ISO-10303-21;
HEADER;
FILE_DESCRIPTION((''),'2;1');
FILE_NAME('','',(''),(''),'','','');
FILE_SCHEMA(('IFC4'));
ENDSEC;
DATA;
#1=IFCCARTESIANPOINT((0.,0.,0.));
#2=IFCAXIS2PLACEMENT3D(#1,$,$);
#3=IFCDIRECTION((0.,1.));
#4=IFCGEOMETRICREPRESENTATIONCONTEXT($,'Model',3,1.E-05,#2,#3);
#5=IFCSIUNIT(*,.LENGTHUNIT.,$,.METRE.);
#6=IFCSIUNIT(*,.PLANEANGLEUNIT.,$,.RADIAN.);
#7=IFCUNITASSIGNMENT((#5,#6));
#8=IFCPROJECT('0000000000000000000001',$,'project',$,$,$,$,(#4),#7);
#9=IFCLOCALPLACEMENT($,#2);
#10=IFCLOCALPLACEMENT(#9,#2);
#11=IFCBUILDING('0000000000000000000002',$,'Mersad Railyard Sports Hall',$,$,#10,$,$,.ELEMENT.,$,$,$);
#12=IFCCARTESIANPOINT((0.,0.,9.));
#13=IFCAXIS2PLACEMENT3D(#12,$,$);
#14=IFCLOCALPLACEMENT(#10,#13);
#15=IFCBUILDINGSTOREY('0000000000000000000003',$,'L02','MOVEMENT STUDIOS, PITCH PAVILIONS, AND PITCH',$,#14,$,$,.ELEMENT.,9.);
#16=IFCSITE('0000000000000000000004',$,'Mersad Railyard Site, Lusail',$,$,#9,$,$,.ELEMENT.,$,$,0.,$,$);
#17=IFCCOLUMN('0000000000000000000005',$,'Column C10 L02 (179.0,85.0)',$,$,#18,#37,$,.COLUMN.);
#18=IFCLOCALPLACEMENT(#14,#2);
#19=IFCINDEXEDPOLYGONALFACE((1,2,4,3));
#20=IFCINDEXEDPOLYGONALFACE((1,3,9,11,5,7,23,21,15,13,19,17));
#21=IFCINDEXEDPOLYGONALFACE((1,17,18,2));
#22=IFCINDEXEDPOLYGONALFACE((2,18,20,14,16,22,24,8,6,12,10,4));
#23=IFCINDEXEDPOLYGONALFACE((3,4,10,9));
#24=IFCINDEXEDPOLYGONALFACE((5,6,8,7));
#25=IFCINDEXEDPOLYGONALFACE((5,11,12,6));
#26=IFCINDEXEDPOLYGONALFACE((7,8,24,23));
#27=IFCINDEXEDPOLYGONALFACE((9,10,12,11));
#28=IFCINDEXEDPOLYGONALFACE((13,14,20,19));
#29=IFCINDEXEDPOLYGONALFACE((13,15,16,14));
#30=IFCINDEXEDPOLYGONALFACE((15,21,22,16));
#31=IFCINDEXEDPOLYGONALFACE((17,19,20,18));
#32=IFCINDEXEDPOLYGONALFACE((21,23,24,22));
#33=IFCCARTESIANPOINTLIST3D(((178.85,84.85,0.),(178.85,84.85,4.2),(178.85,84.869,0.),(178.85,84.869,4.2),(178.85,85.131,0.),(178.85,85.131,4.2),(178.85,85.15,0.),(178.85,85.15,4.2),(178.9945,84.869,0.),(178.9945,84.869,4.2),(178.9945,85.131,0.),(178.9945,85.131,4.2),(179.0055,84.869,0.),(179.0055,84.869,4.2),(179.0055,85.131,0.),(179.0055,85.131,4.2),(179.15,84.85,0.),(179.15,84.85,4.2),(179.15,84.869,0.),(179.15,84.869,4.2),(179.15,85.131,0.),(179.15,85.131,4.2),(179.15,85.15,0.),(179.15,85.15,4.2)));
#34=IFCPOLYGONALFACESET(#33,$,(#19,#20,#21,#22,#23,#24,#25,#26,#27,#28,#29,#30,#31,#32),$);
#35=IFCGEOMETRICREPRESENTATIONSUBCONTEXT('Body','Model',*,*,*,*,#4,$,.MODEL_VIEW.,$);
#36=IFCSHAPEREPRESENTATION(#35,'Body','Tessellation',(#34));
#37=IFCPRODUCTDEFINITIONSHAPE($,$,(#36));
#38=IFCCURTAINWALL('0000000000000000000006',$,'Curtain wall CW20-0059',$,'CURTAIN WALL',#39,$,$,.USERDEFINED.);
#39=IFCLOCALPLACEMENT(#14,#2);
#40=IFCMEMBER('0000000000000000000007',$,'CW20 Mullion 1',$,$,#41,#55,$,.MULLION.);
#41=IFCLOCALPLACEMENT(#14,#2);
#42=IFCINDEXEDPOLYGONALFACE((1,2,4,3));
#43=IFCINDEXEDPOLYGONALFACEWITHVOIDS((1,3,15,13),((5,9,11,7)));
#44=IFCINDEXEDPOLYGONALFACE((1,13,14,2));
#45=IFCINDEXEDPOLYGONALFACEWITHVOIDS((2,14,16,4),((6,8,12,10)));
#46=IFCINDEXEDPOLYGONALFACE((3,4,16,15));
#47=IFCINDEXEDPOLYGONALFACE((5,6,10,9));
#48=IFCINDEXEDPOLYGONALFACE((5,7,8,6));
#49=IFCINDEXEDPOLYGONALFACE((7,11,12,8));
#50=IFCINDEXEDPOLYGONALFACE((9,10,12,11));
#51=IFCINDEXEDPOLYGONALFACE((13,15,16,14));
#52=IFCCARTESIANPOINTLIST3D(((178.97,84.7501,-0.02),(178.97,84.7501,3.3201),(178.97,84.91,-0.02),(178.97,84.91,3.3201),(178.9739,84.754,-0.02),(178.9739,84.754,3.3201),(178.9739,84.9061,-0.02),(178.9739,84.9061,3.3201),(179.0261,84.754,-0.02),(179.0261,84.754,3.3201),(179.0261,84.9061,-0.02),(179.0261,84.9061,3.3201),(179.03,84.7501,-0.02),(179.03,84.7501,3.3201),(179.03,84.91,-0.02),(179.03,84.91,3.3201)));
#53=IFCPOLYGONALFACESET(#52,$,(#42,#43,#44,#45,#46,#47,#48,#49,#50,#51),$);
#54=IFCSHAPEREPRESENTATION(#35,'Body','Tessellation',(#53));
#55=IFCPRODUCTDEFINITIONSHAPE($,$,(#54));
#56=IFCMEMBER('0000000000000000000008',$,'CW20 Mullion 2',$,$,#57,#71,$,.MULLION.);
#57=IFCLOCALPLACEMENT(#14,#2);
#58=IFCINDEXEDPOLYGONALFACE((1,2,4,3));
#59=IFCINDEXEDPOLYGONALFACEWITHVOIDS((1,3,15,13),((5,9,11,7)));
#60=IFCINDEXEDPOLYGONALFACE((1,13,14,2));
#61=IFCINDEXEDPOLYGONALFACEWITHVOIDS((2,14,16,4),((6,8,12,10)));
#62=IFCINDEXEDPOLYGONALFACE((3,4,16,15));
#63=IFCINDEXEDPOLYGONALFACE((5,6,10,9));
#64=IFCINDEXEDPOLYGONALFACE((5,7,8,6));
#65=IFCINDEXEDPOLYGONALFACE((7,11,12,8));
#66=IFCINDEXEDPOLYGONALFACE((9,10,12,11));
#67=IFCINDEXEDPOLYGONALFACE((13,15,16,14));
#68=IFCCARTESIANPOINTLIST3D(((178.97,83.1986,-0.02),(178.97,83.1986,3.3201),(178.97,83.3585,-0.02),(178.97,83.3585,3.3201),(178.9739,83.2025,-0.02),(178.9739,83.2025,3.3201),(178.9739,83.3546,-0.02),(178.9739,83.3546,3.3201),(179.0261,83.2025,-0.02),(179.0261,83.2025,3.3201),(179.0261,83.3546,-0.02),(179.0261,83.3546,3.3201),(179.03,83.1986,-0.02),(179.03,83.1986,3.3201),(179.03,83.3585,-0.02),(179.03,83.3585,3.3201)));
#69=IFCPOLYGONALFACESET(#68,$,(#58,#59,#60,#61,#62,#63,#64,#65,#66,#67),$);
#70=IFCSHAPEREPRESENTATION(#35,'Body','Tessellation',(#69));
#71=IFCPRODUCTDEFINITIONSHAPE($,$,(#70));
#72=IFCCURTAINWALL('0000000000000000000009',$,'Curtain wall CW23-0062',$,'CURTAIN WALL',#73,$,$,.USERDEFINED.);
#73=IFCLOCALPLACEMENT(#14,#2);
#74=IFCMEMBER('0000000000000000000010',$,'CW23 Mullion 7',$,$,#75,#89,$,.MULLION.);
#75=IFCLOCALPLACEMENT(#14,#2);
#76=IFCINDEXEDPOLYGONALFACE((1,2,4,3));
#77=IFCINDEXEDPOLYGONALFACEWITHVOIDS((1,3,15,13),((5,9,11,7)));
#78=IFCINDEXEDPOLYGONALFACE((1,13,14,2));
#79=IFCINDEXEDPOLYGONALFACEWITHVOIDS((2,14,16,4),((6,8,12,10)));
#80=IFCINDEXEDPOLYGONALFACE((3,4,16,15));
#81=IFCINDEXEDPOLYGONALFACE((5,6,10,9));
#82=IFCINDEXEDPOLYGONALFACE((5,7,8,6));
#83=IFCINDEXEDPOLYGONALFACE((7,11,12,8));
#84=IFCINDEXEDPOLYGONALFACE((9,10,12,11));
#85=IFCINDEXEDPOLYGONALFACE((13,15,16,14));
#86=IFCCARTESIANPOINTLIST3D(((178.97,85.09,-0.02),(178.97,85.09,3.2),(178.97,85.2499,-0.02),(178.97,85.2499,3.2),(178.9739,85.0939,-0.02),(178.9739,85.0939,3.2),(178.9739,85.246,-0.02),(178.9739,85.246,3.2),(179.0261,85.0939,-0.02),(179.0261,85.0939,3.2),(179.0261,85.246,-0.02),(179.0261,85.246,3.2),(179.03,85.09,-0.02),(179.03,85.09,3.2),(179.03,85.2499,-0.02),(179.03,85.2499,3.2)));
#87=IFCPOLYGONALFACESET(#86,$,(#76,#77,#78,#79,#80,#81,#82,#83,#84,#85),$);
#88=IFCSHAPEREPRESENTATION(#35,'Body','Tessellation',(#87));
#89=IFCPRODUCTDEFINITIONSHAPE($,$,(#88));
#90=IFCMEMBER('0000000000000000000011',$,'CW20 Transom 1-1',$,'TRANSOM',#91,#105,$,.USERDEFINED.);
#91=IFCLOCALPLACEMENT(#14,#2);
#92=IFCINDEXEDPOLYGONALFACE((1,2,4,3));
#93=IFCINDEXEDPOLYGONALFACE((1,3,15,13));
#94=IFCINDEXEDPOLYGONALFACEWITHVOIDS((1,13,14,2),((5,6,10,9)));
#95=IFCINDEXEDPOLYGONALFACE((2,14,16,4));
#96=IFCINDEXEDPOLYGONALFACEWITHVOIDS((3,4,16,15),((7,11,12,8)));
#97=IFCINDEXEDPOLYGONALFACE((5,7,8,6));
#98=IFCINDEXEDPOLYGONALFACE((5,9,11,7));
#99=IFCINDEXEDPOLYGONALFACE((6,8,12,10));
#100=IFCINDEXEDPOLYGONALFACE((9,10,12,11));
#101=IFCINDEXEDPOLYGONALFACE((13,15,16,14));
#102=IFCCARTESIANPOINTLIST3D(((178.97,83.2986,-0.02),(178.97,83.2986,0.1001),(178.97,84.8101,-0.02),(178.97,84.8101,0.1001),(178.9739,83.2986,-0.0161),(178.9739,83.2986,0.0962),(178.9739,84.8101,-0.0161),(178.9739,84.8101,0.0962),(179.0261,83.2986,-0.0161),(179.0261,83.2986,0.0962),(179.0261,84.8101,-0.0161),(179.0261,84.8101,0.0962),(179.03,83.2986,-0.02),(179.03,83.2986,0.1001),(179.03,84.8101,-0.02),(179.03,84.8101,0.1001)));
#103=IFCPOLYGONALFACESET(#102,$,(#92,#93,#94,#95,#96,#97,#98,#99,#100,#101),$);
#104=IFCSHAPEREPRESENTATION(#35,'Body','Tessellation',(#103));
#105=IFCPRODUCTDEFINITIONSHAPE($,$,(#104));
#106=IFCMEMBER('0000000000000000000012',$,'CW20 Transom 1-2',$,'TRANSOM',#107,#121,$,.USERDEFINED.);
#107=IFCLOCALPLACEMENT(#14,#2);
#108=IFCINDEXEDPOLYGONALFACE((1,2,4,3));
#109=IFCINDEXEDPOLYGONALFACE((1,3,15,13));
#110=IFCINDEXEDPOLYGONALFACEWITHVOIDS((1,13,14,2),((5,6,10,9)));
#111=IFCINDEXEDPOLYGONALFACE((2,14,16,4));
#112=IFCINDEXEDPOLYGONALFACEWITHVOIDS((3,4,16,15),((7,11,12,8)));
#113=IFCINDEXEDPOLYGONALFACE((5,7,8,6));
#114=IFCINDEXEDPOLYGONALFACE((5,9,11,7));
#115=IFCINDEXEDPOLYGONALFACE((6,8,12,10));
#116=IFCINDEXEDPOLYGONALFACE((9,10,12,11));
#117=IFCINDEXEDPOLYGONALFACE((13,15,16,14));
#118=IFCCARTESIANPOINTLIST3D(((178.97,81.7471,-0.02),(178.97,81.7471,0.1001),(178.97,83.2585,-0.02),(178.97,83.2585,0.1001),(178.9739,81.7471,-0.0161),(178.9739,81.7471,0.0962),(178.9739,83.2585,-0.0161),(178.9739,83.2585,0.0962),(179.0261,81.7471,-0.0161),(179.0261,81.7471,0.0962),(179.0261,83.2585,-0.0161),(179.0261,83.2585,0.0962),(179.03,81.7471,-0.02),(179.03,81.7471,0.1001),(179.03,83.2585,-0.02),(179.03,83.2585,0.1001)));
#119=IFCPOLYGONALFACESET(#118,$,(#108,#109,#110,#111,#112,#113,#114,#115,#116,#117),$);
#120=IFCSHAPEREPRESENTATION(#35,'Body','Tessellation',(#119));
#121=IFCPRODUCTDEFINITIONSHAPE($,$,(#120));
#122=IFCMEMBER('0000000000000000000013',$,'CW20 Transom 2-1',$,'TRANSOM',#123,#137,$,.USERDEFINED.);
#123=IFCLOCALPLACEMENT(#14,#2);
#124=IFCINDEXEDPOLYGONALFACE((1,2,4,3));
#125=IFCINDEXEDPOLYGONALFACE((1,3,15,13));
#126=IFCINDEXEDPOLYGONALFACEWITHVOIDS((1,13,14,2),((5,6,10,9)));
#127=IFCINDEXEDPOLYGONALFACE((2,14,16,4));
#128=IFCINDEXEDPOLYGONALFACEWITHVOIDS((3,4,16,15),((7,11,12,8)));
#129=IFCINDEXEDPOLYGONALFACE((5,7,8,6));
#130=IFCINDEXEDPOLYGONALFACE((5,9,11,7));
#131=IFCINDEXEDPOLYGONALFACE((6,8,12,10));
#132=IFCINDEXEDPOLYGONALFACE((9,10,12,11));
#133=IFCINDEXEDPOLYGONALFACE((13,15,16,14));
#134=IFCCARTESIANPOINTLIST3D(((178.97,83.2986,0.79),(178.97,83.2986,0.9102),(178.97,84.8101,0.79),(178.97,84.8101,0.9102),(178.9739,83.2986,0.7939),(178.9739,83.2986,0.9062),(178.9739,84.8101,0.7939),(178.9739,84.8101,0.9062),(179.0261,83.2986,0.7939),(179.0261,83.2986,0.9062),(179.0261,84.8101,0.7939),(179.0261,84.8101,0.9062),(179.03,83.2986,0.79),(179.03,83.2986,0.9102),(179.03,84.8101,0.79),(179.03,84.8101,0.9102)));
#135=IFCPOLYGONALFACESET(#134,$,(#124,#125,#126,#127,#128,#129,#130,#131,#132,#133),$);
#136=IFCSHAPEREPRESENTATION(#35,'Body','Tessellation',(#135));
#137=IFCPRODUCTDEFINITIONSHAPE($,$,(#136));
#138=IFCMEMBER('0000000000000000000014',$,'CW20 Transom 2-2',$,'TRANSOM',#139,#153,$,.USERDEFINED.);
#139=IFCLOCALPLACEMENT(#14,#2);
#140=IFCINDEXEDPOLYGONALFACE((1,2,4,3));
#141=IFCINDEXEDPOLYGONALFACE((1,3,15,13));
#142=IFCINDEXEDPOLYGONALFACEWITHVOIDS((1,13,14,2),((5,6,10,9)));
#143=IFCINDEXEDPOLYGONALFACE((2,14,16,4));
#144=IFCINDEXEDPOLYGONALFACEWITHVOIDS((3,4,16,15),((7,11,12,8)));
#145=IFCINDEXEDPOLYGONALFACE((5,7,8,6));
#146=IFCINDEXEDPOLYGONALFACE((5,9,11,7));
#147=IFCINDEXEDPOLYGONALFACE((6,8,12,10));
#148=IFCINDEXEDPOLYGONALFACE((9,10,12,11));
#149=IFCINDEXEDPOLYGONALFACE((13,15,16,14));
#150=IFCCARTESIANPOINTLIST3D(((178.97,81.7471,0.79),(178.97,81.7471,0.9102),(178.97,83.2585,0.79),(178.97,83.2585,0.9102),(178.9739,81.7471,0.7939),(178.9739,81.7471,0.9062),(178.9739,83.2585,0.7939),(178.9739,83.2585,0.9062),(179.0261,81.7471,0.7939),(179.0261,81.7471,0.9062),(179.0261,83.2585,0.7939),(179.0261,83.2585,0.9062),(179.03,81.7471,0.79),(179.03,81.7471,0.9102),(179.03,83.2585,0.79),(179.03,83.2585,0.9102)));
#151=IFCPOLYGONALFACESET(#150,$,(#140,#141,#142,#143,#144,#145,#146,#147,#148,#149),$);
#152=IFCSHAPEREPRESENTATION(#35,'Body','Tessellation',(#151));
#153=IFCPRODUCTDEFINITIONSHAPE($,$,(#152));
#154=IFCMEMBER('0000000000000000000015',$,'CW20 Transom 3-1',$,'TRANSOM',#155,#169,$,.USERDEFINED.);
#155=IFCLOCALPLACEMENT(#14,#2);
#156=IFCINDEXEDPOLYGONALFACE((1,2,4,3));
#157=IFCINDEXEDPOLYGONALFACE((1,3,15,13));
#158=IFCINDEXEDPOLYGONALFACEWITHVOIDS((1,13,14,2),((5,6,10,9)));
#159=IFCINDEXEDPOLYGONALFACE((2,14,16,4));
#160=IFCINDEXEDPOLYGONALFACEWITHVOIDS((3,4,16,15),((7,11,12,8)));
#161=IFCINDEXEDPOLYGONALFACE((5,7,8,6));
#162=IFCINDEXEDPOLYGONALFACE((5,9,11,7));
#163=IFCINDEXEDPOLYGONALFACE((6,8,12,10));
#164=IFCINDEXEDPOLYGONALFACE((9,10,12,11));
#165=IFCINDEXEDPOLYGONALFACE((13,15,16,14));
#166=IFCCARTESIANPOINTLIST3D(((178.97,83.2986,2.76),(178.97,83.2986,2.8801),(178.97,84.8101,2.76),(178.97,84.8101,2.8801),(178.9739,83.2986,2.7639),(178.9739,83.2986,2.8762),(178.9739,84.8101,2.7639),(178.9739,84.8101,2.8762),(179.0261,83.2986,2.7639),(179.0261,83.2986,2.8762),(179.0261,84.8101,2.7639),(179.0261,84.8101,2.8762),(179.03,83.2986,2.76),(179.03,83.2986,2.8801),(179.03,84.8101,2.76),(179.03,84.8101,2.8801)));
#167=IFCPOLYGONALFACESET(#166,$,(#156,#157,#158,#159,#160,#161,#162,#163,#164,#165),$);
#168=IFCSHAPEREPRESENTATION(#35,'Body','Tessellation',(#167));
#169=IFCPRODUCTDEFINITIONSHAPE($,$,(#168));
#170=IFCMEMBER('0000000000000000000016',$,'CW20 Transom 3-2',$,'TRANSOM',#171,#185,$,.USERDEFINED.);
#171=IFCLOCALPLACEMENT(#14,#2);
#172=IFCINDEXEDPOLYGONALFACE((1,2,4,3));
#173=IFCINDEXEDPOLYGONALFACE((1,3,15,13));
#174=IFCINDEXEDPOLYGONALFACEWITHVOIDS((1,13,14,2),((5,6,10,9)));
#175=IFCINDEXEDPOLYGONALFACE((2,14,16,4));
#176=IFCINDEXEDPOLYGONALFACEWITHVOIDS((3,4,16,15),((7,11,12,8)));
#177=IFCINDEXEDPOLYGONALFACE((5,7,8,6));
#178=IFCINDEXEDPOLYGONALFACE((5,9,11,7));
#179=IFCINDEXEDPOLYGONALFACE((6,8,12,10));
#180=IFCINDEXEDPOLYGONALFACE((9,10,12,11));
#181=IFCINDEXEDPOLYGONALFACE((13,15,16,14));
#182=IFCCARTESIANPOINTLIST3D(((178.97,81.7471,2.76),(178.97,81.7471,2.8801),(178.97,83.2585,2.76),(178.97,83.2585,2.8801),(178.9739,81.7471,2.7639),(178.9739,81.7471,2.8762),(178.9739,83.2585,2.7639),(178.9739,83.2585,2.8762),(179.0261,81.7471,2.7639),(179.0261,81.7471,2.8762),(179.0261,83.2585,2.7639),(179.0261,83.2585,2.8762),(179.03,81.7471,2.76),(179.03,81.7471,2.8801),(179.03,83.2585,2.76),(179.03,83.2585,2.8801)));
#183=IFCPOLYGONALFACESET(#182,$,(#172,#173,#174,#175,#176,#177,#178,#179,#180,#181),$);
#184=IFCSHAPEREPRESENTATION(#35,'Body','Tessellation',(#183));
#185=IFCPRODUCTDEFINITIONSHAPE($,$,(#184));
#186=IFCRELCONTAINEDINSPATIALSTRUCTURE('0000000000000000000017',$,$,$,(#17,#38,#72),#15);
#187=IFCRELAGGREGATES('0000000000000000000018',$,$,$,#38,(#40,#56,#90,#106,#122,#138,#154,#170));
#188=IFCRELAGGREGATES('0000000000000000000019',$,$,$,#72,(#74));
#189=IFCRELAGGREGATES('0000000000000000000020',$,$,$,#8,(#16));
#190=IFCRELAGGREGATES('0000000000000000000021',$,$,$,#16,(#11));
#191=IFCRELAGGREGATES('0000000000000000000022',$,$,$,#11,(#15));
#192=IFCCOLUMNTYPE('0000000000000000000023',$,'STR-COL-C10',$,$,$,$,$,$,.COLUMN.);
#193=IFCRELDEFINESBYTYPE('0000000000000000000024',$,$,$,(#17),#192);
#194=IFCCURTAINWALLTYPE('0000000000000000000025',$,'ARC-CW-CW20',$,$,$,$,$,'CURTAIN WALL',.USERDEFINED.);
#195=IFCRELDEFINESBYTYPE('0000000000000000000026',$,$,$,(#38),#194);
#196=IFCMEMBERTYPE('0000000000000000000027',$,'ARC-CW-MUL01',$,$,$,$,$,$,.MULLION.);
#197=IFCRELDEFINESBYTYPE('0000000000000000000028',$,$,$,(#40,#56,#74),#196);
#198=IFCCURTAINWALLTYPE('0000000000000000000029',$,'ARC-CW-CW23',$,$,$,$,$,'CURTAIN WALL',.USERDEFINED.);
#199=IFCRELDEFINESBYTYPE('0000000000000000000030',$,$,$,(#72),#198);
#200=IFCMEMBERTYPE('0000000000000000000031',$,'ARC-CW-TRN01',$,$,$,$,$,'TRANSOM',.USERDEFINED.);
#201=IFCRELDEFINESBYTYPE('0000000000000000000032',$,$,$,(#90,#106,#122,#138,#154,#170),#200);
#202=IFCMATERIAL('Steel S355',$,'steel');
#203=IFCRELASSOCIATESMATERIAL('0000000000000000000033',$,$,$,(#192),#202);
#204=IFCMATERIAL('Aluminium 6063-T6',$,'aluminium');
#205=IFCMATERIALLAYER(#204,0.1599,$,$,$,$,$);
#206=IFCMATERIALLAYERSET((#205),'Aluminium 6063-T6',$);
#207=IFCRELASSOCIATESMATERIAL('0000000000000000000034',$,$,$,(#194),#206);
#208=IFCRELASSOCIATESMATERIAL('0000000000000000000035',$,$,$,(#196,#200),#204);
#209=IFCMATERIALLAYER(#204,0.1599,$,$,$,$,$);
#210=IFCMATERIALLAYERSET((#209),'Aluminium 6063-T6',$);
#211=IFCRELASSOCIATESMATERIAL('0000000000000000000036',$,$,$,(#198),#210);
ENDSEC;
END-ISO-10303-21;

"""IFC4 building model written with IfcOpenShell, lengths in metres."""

from ifc_helpers import new_model, si_unit, direction, frame, origin, origin_2d, place, context, subcontext, project, spatial, hollow_rectangle, i_section, extrude, material, layer, layer_set, material_profile, profile_set, type_object, element, aggregate, save


model = new_model("IFC4")

# Units and contexts
model_context = context("Model", 3, precision=1e-05, world=origin(), true_north=direction((0.0, 1.0)))
body_context = subcontext(model_context, "Body", "Model", "MODEL_VIEW")
ifc_project = project(units=[si_unit("LENGTHUNIT", "METRE"), si_unit("PLANEANGLEUNIT", "RADIAN")], contexts=[model_context])

# Site, building, storey
site_placement = place(None, origin())
site = spatial("IfcSite", under=ifc_project, at=site_placement, Name="Mersad Railyard Site, Lusail", CompositionType="ELEMENT", RefElevation=0.0)
building_placement = place(site_placement, origin())
building = spatial("IfcBuilding", under=site, at=building_placement, Name="Mersad Railyard Sports Hall", CompositionType="ELEMENT")
storey_placement = place(building_placement, frame((0.0, 0.0, 9.0)))
storey = spatial("IfcBuildingStorey", under=building, at=storey_placement, Name="L02", Description="MOVEMENT STUDIOS, PITCH PAVILIONS, AND PITCH", CompositionType="ELEMENT", Elevation=9.0)

# Column
ifc_material_1 = material(Name="Steel S355", Category="steel")
ifc_material_profile_1 = material_profile(ifc_material_1, i_section(OverallWidth=0.3, OverallDepth=0.3, WebThickness=0.011, FlangeThickness=0.019, at=origin_2d()), Name="HEB 300")
ifc_profile_set_1 = profile_set([ifc_material_profile_1], Name="Steel S355")
column_type = type_object("IfcColumnType", Name="STR-COL-C10", PredefinedType="COLUMN", material=ifc_profile_set_1)
column_placement = place(storey_placement, frame((179.0, 85.0, 0.0), z_axis=(0.0, 0.0, 1.0), x_axis=(1.0, 0.0, 0.0)))
element("IfcColumn", 1, at=column_placement, inside=storey, type_object=column_type, Name="Column C10 L02 (179.0,85.0)", PredefinedType="COLUMN", context=body_context, shape_type="SweptSolid", body=[
    extrude(i_section(OverallWidth=0.3, OverallDepth=0.3, WebThickness=0.011, FlangeThickness=0.019, at=origin_2d()), origin(), (0.0, 0.0, 1.0), 4.2),
])

# Curtain wall, members
ifc_material_2 = material(Name="Aluminium 6063-T6", Category="aluminium")
ifc_layer_1 = layer(ifc_material_2, 0.1599)
ifc_layer_set_1 = layer_set([ifc_layer_1], Name="Aluminium 6063-T6")
curtain_wall_type_1 = type_object("IfcCurtainWallType", Name="ARC-CW-CW20", ElementType="CURTAIN WALL", PredefinedType="USERDEFINED", material=ifc_layer_set_1)
curtain_wall_1_placement = place(storey_placement, origin())
curtain_wall_1 = element("IfcCurtainWall", 2, at=curtain_wall_1_placement, inside=storey, type_object=curtain_wall_type_1, Name="Curtain wall CW20-0059", ObjectType="CURTAIN WALL", PredefinedType="USERDEFINED")
ifc_material_profile_2 = material_profile(ifc_material_2, hollow_rectangle(XDim=0.0601, YDim=0.1599, WallThickness=0.0039, at=origin_2d()), Name="AL MULLION 60x160x4")
ifc_profile_set_2 = profile_set([ifc_material_profile_2], Name="Aluminium 6063-T6")
member_type_1 = type_object("IfcMemberType", Name="ARC-CW-MUL01", PredefinedType="MULLION", material=ifc_profile_set_2)
member_1_placement = place(storey_placement, frame((179.0, 84.8301, -0.02), z_axis=(0.0, 0.0, 1.0), x_axis=(1.0, 0.0, 0.0)))
member_1 = element("IfcMember", 3, at=member_1_placement, type_object=member_type_1, Name="CW20 Mullion 1", PredefinedType="MULLION", context=body_context, shape_type="SweptSolid", body=[
    extrude(hollow_rectangle(XDim=0.0601, YDim=0.1599, WallThickness=0.0039, at=origin_2d()), origin(), (0.0, 0.0, 1.0), 3.3401),
])
member_2_placement = place(storey_placement, frame((179.0, 83.2786, -0.02), z_axis=(0.0, 0.0, 1.0), x_axis=(1.0, 0.0, 0.0)))
member_2 = element("IfcMember", 4, at=member_2_placement, type_object=member_type_1, Name="CW20 Mullion 2", PredefinedType="MULLION", context=body_context, shape_type="SweptSolid", body=[
    extrude(hollow_rectangle(XDim=0.0601, YDim=0.1599, WallThickness=0.0039, at=origin_2d()), origin(), (0.0, 0.0, 1.0), 3.3401),
])

# Curtain wall, member
ifc_layer_2 = layer(ifc_material_2, 0.1599)
ifc_layer_set_2 = layer_set([ifc_layer_2], Name="Aluminium 6063-T6")
curtain_wall_type_2 = type_object("IfcCurtainWallType", Name="ARC-CW-CW23", ElementType="CURTAIN WALL", PredefinedType="USERDEFINED", material=ifc_layer_set_2)
curtain_wall_2_placement = place(storey_placement, origin())
curtain_wall_2 = element("IfcCurtainWall", 5, at=curtain_wall_2_placement, inside=storey, type_object=curtain_wall_type_2, Name="Curtain wall CW23-0062", ObjectType="CURTAIN WALL", PredefinedType="USERDEFINED")
member_3_placement = place(storey_placement, frame((179.0, 85.1699, -0.02), z_axis=(0.0, 0.0, 1.0), x_axis=(1.0, 0.0, 0.0)))
member_3 = element("IfcMember", 6, at=member_3_placement, type_object=member_type_1, Name="CW23 Mullion 7", PredefinedType="MULLION", context=body_context, shape_type="SweptSolid", body=[
    extrude(hollow_rectangle(XDim=0.0601, YDim=0.1599, WallThickness=0.0039, at=origin_2d()), origin(), (0.0, 0.0, 1.0), 3.22),
])

# Members
ifc_material_profile_3 = material_profile(ifc_material_2, hollow_rectangle(XDim=0.0601, YDim=0.1201, WallThickness=0.0039, at=origin_2d()), Name="AL TRANSOM 60x120x4")
ifc_profile_set_3 = profile_set([ifc_material_profile_3], Name="Aluminium 6063-T6")
member_type_2 = type_object("IfcMemberType", Name="ARC-CW-TRN01", ElementType="TRANSOM", PredefinedType="USERDEFINED", material=ifc_profile_set_3)
member_4_placement = place(storey_placement, frame((179.0, 84.8101, 0.04), z_axis=(0.0, -1.0, 0.0), x_axis=(1.0, 0.0, 0.0)))
member_4 = element("IfcMember", 7, at=member_4_placement, type_object=member_type_2, Name="CW20 Transom 1-1", ObjectType="TRANSOM", PredefinedType="USERDEFINED", context=body_context, shape_type="SweptSolid", body=[
    extrude(hollow_rectangle(XDim=0.0601, YDim=0.1201, WallThickness=0.0039, at=origin_2d()), origin(), (0.0, 0.0, 1.0), 1.5115),
])
member_5_placement = place(storey_placement, frame((179.0, 83.2585, 0.04), z_axis=(0.0, -1.0, 0.0), x_axis=(1.0, 0.0, 0.0)))
member_5 = element("IfcMember", 8, at=member_5_placement, type_object=member_type_2, Name="CW20 Transom 1-2", ObjectType="TRANSOM", PredefinedType="USERDEFINED", context=body_context, shape_type="SweptSolid", body=[
    extrude(hollow_rectangle(XDim=0.0601, YDim=0.1201, WallThickness=0.0039, at=origin_2d()), origin(), (0.0, 0.0, 1.0), 1.5115),
])
member_6_placement = place(storey_placement, frame((179.0, 84.8101, 0.8501), z_axis=(0.0, -1.0, 0.0), x_axis=(1.0, 0.0, 0.0)))
member_6 = element("IfcMember", 9, at=member_6_placement, type_object=member_type_2, Name="CW20 Transom 2-1", ObjectType="TRANSOM", PredefinedType="USERDEFINED", context=body_context, shape_type="SweptSolid", body=[
    extrude(hollow_rectangle(XDim=0.0601, YDim=0.1201, WallThickness=0.0039, at=origin_2d()), origin(), (0.0, 0.0, 1.0), 1.5115),
])
member_7_placement = place(storey_placement, frame((179.0, 83.2585, 0.8501), z_axis=(0.0, -1.0, 0.0), x_axis=(1.0, 0.0, 0.0)))
member_7 = element("IfcMember", 10, at=member_7_placement, type_object=member_type_2, Name="CW20 Transom 2-2", ObjectType="TRANSOM", PredefinedType="USERDEFINED", context=body_context, shape_type="SweptSolid", body=[
    extrude(hollow_rectangle(XDim=0.0601, YDim=0.1201, WallThickness=0.0039, at=origin_2d()), origin(), (0.0, 0.0, 1.0), 1.5115),
])
member_8_placement = place(storey_placement, frame((179.0, 84.8101, 2.8201), z_axis=(0.0, -1.0, 0.0), x_axis=(1.0, 0.0, 0.0)))
member_8 = element("IfcMember", 11, at=member_8_placement, type_object=member_type_2, Name="CW20 Transom 3-1", ObjectType="TRANSOM", PredefinedType="USERDEFINED", context=body_context, shape_type="SweptSolid", body=[
    extrude(hollow_rectangle(XDim=0.0601, YDim=0.1201, WallThickness=0.0039, at=origin_2d()), origin(), (0.0, 0.0, 1.0), 1.5115),
])
member_9_placement = place(storey_placement, frame((179.0, 83.2585, 2.8201), z_axis=(0.0, -1.0, 0.0), x_axis=(1.0, 0.0, 0.0)))
member_9 = element("IfcMember", 12, at=member_9_placement, type_object=member_type_2, Name="CW20 Transom 3-2", ObjectType="TRANSOM", PredefinedType="USERDEFINED", context=body_context, shape_type="SweptSolid", body=[
    extrude(hollow_rectangle(XDim=0.0601, YDim=0.1201, WallThickness=0.0039, at=origin_2d()), origin(), (0.0, 0.0, 1.0), 1.5115),
])

aggregate(curtain_wall_1, [member_1, member_2, member_4, member_5, member_6, member_7, member_8, member_9])
aggregate(curtain_wall_2, [member_3])

save(model, "model.ifc")
